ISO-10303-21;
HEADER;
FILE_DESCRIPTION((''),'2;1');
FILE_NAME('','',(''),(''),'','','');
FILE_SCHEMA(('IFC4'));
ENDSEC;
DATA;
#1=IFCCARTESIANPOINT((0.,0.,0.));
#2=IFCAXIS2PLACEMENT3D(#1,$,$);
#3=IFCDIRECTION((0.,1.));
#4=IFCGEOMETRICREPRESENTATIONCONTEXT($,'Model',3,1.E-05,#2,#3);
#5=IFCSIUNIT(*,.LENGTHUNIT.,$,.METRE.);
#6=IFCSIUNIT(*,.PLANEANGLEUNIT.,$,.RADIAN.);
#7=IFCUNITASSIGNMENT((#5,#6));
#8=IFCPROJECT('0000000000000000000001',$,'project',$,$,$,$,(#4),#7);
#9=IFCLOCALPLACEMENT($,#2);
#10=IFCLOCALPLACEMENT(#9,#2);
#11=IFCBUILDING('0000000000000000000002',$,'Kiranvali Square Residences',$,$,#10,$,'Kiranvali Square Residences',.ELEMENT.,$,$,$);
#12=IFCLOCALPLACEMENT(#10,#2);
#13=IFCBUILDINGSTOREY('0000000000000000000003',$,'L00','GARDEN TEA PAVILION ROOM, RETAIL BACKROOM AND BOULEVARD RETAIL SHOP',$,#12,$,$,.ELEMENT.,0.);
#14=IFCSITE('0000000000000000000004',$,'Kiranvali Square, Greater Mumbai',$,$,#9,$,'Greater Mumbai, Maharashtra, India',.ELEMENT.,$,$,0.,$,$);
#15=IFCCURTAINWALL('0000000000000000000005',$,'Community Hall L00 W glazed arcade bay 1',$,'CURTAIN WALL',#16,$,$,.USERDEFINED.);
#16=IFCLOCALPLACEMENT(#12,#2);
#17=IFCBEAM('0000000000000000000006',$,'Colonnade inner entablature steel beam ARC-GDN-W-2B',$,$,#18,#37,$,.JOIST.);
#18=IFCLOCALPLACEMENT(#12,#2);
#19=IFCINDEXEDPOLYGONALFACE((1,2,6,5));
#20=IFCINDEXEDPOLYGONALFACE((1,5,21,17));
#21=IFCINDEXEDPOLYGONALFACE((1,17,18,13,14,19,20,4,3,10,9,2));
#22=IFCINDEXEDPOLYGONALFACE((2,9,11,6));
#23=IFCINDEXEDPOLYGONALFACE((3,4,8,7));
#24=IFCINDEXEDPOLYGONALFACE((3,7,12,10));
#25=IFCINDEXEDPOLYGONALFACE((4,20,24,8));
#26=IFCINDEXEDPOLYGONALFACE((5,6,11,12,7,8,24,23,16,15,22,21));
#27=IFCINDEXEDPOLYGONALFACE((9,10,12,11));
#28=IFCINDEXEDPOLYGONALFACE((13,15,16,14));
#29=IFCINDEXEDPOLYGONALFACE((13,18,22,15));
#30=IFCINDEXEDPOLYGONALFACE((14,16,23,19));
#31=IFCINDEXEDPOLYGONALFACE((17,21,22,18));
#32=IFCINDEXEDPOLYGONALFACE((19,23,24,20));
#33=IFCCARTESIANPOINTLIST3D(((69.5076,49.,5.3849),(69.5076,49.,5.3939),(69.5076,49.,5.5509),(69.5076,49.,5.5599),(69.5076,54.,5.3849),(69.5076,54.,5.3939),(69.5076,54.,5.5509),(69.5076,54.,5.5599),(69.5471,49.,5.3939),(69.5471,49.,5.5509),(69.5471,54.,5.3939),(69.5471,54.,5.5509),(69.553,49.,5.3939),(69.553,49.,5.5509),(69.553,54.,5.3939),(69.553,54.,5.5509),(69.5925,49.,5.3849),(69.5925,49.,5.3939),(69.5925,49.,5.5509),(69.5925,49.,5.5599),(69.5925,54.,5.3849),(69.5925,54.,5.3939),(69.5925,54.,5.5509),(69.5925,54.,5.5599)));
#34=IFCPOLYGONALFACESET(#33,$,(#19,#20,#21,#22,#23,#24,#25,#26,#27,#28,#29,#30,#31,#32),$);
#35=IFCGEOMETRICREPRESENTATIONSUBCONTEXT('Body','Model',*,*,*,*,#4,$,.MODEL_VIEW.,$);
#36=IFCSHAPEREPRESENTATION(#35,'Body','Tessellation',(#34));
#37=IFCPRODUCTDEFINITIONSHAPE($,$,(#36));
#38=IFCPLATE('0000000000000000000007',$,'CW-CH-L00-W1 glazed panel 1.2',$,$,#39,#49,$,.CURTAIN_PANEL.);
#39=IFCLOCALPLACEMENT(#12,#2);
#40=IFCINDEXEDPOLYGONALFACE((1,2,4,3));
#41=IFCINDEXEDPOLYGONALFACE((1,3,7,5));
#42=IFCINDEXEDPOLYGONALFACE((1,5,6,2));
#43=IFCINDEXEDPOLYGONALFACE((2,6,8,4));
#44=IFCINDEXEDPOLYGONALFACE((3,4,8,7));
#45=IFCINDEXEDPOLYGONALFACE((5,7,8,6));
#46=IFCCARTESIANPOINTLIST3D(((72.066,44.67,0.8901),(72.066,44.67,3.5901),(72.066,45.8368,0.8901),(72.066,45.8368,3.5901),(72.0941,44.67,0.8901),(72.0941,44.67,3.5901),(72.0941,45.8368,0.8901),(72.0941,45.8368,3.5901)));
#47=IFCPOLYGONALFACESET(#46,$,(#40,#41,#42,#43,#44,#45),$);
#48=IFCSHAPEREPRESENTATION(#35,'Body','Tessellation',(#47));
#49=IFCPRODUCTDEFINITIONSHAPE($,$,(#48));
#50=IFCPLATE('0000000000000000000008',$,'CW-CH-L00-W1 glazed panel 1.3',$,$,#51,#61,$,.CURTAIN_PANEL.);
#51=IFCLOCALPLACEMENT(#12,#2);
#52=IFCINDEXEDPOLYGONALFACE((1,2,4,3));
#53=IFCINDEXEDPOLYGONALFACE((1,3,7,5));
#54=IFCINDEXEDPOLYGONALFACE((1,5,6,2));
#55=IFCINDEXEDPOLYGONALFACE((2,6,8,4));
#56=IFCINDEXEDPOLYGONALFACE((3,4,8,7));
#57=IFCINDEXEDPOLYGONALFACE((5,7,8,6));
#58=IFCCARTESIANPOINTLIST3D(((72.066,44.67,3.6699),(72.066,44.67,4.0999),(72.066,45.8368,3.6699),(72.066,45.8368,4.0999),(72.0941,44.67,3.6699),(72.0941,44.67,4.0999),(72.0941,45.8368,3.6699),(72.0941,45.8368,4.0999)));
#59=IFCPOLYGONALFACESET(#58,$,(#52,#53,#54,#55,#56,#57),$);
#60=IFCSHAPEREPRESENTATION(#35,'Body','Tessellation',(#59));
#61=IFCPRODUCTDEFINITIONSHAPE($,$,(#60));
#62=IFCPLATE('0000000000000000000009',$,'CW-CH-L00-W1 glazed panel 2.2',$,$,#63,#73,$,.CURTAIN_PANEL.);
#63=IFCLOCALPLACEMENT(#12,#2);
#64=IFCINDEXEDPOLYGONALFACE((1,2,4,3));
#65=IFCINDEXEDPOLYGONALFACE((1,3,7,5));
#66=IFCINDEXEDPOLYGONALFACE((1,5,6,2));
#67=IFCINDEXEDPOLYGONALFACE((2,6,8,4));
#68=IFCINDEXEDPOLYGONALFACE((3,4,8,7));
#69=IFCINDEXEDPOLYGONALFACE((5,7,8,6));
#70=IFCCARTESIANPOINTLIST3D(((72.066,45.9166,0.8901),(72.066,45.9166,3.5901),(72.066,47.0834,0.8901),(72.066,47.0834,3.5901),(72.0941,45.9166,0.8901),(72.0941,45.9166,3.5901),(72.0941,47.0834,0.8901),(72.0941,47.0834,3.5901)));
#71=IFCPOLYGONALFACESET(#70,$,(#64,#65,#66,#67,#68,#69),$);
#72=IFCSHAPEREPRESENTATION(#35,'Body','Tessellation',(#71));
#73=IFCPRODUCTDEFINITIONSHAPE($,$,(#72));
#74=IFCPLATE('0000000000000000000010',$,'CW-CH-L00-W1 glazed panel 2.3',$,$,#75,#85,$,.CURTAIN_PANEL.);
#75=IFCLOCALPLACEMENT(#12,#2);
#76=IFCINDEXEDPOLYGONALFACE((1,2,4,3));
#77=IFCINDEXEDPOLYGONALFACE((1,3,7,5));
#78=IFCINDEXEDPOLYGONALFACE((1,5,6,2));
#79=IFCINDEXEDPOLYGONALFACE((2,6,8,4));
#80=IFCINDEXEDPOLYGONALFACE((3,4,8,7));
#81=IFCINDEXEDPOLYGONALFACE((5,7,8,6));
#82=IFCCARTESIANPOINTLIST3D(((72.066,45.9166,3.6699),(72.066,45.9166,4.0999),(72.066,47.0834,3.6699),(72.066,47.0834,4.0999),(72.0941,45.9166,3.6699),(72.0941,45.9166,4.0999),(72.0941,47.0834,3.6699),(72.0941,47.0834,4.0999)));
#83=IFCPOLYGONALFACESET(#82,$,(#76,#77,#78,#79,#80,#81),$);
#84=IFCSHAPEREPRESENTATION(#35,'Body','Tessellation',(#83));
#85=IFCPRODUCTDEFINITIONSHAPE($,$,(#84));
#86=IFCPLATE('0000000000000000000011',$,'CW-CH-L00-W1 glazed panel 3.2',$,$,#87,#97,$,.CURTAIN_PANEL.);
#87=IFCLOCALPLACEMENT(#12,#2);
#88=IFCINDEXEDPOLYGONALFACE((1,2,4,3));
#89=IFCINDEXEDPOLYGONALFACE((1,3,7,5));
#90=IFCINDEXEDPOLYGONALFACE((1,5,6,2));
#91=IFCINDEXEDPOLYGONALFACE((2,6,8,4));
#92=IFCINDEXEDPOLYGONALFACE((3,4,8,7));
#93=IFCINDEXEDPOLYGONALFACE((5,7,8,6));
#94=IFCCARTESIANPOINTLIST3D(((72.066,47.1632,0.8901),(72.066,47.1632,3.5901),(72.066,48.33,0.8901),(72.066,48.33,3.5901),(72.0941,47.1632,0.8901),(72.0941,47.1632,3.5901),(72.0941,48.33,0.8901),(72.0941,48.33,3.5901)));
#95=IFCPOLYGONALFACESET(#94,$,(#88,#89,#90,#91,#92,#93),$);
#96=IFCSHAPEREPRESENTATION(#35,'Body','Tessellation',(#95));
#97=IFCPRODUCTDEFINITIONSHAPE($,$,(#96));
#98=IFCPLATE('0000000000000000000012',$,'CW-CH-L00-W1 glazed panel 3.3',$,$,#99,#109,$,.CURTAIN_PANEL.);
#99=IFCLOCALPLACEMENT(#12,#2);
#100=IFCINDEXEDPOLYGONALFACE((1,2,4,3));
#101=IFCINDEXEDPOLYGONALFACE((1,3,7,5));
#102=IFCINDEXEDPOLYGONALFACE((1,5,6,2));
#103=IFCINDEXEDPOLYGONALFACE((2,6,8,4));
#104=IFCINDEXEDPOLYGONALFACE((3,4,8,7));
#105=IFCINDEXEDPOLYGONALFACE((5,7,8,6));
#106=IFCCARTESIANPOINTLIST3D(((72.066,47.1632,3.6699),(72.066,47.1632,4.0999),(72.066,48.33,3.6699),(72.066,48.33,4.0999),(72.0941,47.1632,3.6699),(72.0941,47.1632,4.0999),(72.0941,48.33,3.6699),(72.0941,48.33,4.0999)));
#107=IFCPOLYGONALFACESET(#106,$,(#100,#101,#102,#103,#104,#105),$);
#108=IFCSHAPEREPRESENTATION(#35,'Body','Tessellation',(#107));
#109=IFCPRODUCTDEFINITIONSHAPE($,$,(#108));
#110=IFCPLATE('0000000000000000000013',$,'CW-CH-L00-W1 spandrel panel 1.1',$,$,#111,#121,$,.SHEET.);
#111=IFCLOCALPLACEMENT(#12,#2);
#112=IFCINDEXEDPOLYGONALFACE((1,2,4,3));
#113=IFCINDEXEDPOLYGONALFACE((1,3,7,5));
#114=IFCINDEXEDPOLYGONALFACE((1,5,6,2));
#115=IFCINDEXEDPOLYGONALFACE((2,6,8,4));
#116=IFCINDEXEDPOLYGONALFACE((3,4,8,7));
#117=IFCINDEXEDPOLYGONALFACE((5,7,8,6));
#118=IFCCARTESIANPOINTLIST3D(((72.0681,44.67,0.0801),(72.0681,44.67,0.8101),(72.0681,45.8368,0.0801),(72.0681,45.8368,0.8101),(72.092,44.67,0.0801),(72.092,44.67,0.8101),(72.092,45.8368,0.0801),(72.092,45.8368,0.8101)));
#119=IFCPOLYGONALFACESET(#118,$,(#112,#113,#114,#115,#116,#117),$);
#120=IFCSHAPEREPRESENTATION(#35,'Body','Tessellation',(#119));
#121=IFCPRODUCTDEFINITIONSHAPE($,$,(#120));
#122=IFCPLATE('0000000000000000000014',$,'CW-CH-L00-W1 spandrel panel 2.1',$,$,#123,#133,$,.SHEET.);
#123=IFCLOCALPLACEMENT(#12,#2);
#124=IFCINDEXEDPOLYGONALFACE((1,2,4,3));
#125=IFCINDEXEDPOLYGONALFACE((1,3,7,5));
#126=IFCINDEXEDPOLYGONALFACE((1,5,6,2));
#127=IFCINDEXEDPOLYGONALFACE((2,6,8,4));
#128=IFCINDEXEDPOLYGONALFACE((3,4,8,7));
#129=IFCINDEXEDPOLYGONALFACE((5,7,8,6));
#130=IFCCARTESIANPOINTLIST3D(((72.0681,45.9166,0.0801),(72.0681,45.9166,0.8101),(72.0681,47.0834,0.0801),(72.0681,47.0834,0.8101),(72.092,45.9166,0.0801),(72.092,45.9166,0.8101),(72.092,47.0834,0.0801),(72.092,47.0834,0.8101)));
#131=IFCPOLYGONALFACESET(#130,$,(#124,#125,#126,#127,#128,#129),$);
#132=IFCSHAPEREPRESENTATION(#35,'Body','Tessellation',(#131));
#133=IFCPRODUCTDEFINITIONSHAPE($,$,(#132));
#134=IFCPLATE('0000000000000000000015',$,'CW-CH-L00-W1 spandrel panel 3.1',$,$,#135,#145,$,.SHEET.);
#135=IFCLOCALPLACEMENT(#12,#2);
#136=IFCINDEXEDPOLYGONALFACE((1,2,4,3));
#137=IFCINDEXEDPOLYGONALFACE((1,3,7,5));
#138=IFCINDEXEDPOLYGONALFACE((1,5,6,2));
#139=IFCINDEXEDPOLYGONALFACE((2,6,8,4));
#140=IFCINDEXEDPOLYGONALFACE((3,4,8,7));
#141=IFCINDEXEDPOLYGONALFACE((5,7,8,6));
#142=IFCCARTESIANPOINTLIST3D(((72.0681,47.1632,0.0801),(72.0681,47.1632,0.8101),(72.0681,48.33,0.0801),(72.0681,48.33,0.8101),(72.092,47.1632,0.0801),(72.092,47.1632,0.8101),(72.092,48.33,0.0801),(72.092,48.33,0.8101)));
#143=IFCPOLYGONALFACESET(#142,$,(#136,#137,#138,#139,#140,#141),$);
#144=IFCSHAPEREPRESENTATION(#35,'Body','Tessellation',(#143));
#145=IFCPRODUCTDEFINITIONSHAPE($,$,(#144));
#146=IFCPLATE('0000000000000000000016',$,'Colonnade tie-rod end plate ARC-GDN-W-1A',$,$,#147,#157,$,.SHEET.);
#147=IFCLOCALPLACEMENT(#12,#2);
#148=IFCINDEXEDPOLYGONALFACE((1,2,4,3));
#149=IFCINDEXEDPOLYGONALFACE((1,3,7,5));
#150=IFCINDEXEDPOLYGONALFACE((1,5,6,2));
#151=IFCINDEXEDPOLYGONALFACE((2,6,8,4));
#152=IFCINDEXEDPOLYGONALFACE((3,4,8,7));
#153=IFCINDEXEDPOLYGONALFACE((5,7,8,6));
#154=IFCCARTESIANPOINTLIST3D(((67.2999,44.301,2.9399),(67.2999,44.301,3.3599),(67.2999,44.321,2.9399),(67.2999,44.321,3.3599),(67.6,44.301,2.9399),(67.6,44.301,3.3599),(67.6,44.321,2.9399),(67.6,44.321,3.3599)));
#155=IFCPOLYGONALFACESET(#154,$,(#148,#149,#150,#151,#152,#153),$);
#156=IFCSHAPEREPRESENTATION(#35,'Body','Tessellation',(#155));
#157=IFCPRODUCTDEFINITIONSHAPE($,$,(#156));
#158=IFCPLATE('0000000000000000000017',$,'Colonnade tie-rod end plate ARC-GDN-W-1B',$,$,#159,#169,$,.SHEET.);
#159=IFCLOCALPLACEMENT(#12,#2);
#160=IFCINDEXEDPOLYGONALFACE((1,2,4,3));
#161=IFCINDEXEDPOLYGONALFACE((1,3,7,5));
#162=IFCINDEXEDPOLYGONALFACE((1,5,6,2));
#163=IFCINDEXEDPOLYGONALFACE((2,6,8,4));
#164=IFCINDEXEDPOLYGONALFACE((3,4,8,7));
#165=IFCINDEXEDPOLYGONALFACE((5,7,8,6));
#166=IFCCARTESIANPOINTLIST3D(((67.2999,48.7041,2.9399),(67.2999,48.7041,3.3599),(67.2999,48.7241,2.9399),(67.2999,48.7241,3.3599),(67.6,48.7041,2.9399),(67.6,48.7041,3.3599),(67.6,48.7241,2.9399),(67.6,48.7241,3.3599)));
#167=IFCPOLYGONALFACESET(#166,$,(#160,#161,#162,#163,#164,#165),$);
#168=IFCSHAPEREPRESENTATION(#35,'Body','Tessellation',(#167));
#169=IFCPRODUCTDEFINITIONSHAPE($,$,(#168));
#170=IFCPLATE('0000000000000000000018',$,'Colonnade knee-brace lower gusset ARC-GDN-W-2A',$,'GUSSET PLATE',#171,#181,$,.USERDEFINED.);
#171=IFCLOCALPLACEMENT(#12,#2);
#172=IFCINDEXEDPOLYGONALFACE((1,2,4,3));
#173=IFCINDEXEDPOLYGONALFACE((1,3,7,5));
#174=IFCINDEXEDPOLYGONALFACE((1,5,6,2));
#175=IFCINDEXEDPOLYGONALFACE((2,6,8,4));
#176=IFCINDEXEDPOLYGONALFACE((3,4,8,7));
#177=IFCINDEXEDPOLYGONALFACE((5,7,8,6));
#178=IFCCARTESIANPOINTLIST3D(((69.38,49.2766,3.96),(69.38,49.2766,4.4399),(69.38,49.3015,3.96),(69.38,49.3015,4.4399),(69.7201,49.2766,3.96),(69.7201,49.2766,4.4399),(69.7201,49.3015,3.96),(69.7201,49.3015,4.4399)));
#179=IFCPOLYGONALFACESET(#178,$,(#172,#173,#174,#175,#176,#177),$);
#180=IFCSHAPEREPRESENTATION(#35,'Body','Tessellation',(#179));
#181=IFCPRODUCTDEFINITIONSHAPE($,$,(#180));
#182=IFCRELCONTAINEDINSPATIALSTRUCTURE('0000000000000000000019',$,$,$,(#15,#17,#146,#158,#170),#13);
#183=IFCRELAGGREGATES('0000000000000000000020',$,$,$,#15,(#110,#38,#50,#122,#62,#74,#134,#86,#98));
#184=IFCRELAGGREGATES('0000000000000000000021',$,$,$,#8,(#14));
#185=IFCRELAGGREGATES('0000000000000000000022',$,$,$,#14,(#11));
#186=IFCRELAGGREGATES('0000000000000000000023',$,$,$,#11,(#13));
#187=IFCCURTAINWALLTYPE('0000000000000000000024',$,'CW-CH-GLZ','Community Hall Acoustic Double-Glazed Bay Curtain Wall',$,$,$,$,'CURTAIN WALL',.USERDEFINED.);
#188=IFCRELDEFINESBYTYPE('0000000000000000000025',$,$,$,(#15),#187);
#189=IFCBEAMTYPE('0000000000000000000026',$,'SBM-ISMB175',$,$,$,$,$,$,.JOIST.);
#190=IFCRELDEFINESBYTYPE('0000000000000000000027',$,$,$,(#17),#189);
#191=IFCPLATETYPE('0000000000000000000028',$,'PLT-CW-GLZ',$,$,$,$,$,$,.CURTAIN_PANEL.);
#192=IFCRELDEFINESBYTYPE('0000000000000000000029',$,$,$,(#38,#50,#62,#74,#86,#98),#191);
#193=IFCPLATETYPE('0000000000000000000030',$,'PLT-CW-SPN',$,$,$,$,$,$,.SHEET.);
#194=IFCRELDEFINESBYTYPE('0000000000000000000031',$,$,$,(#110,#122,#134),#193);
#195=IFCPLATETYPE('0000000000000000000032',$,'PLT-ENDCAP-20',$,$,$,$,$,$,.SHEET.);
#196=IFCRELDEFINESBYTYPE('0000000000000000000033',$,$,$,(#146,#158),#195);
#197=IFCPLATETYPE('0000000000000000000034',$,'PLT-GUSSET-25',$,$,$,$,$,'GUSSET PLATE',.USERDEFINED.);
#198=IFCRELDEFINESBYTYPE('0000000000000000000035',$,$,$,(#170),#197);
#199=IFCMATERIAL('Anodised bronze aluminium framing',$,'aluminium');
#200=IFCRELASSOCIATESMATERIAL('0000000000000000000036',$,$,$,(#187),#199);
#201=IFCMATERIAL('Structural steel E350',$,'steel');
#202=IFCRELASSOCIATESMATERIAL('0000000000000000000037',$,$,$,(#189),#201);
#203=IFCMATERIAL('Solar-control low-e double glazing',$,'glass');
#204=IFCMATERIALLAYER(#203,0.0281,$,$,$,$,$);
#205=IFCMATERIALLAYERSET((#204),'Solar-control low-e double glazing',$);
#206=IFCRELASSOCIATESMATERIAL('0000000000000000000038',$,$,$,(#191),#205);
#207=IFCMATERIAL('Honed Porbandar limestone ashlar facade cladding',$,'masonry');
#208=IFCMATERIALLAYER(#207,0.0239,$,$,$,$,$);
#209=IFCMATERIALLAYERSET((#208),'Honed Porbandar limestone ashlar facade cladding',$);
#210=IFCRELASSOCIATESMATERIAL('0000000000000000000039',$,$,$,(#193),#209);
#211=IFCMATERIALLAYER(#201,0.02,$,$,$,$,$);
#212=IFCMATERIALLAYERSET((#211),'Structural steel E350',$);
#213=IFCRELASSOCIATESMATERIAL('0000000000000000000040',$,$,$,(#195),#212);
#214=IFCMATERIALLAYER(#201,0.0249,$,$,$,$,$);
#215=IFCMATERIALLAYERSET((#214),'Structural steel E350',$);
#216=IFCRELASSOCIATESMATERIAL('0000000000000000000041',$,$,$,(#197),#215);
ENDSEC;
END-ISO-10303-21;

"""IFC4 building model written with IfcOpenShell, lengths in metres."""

from ifc_helpers import new_model, si_unit, direction, frame, origin, origin_2d, place, context, subcontext, project, spatial, rectangle, i_section, extrude, material, layer, layer_set, material_profile, profile_set, type_object, element, aggregate, save


model = new_model("IFC4")

# Units and contexts
model_context = context("Model", 3, precision=1e-05, world=origin(), true_north=direction((0.0, 1.0)))
body_context = subcontext(model_context, "Body", "Model", "MODEL_VIEW")
ifc_project = project(units=[si_unit("LENGTHUNIT", "METRE"), si_unit("PLANEANGLEUNIT", "RADIAN")], contexts=[model_context])

# Site, building, storey
site_placement = place(None, origin())
site = spatial("IfcSite", under=ifc_project, at=site_placement, Name="Kiranvali Square, Greater Mumbai", LongName="Greater Mumbai, Maharashtra, India", CompositionType="ELEMENT", RefElevation=0.0)
building_placement = place(site_placement, origin())
building = spatial("IfcBuilding", under=site, at=building_placement, Name="Kiranvali Square Residences", LongName="Kiranvali Square Residences", CompositionType="ELEMENT")
storey_placement = place(building_placement, origin())
storey = spatial("IfcBuildingStorey", under=building, at=storey_placement, Name="L00", Description="GARDEN TEA PAVILION ROOM, RETAIL BACKROOM AND BOULEVARD RETAIL SHOP", CompositionType="ELEMENT", Elevation=0.0)

# Curtain wall
ifc_material_1 = material(Name="Anodised bronze aluminium framing", Category="aluminium")
curtain_wall_type = type_object("IfcCurtainWallType", Name="CW-CH-GLZ", Description="Community Hall Acoustic Double-Glazed Bay Curtain Wall", ElementType="CURTAIN WALL", PredefinedType="USERDEFINED", material=ifc_material_1)
curtain_wall_1_placement = place(storey_placement, origin())
curtain_wall_1 = element("IfcCurtainWall", 1, at=curtain_wall_1_placement, inside=storey, type_object=curtain_wall_type, Name="Community Hall L00 W glazed arcade bay 1", ObjectType="CURTAIN WALL", PredefinedType="USERDEFINED")

# Shared definitions
ifc_material_2 = material(Name="Structural steel E350", Category="steel")

# Beam
ifc_material_profile_1 = material_profile(ifc_material_2, i_section(OverallWidth=0.085, OverallDepth=0.175, WebThickness=0.0059, FlangeThickness=0.009, at=origin_2d()), Name="ISMB 175")
ifc_profile_set_1 = profile_set([ifc_material_profile_1], Name="Structural steel E350")
beam_type_1 = type_object("IfcBeamType", Name="SBM-ISMB175", PredefinedType="JOIST", material=ifc_profile_set_1)
for number, where, z_axis, x_axis, name in (
    (2, (69.55, 49.0, 5.4724), (0.0, 1.0, 0.0), (-1.0, 0.0, 0.0), "Colonnade inner entablature steel beam ARC-GDN-W-2B"),
):
    element("IfcBeam", number, at=place(storey_placement, frame(where, z_axis=z_axis, x_axis=x_axis)), inside=storey, type_object=beam_type_1, Name=name, PredefinedType="JOIST", context=body_context, shape_type="SweptSolid", body=[
        extrude(i_section(OverallWidth=0.085, OverallDepth=0.175, WebThickness=0.0059, FlangeThickness=0.009, at=origin_2d()), origin(), (0.0, 0.0, 1.0), 5.0),
    ])

# Plates
ifc_material_3 = material(Name="Solar-control low-e double glazing", Category="glass")
ifc_layer_1 = layer(ifc_material_3, 0.0281)
ifc_layer_set_1 = layer_set([ifc_layer_1], Name="Solar-control low-e double glazing")
plate_type_1 = type_object("IfcPlateType", Name="PLT-CW-GLZ", PredefinedType="CURTAIN_PANEL", material=ifc_layer_set_1)
plate_1_placement = place(storey_placement, frame((72.0801, 45.2534, 0.8901), z_axis=(0.0, 0.0, 1.0), x_axis=(0.0, 1.0, 0.0)))
plate_1 = element("IfcPlate", 3, at=plate_1_placement, type_object=plate_type_1, Name="CW-CH-L00-W1 glazed panel 1.2", PredefinedType="CURTAIN_PANEL", context=body_context, shape_type="SweptSolid", body=[
    extrude(rectangle(XDim=1.1667, YDim=0.0281, at=origin_2d()), origin(), (0.0, 0.0, 1.0), 2.7),
])
plate_2_placement = place(storey_placement, frame((72.0801, 45.2534, 3.6699), z_axis=(0.0, 0.0, 1.0), x_axis=(0.0, 1.0, 0.0)))
plate_2 = element("IfcPlate", 4, at=plate_2_placement, type_object=plate_type_1, Name="CW-CH-L00-W1 glazed panel 1.3", PredefinedType="CURTAIN_PANEL", context=body_context, shape_type="SweptSolid", body=[
    extrude(rectangle(XDim=1.1667, YDim=0.0281, at=origin_2d()), origin(), (0.0, 0.0, 1.0), 0.4299),
])
plate_3_placement = place(storey_placement, frame((72.0801, 46.5, 0.8901), z_axis=(0.0, 0.0, 1.0), x_axis=(0.0, 1.0, 0.0)))
plate_3 = element("IfcPlate", 5, at=plate_3_placement, type_object=plate_type_1, Name="CW-CH-L00-W1 glazed panel 2.2", PredefinedType="CURTAIN_PANEL", context=body_context, shape_type="SweptSolid", body=[
    extrude(rectangle(XDim=1.1667, YDim=0.0281, at=origin_2d()), origin(), (0.0, 0.0, 1.0), 2.7),
])
plate_4_placement = place(storey_placement, frame((72.0801, 46.5, 3.6699), z_axis=(0.0, 0.0, 1.0), x_axis=(0.0, 1.0, 0.0)))
plate_4 = element("IfcPlate", 6, at=plate_4_placement, type_object=plate_type_1, Name="CW-CH-L00-W1 glazed panel 2.3", PredefinedType="CURTAIN_PANEL", context=body_context, shape_type="SweptSolid", body=[
    extrude(rectangle(XDim=1.1667, YDim=0.0281, at=origin_2d()), origin(), (0.0, 0.0, 1.0), 0.4299),
])
plate_5_placement = place(storey_placement, frame((72.0801, 47.7466, 0.8901), z_axis=(0.0, 0.0, 1.0), x_axis=(0.0, 1.0, 0.0)))
plate_5 = element("IfcPlate", 7, at=plate_5_placement, type_object=plate_type_1, Name="CW-CH-L00-W1 glazed panel 3.2", PredefinedType="CURTAIN_PANEL", context=body_context, shape_type="SweptSolid", body=[
    extrude(rectangle(XDim=1.1667, YDim=0.0281, at=origin_2d()), origin(), (0.0, 0.0, 1.0), 2.7),
])
plate_6_placement = place(storey_placement, frame((72.0801, 47.7466, 3.6699), z_axis=(0.0, 0.0, 1.0), x_axis=(0.0, 1.0, 0.0)))
plate_6 = element("IfcPlate", 8, at=plate_6_placement, type_object=plate_type_1, Name="CW-CH-L00-W1 glazed panel 3.3", PredefinedType="CURTAIN_PANEL", context=body_context, shape_type="SweptSolid", body=[
    extrude(rectangle(XDim=1.1667, YDim=0.0281, at=origin_2d()), origin(), (0.0, 0.0, 1.0), 0.4299),
])
ifc_material_4 = material(Name="Honed Porbandar limestone ashlar facade cladding", Category="masonry")
ifc_layer_2 = layer(ifc_material_4, 0.0239)
ifc_layer_set_2 = layer_set([ifc_layer_2], Name="Honed Porbandar limestone ashlar facade cladding")
plate_type_2 = type_object("IfcPlateType", Name="PLT-CW-SPN", PredefinedType="SHEET", material=ifc_layer_set_2)
plate_7_placement = place(storey_placement, frame((72.0801, 45.2534, 0.0801), z_axis=(0.0, 0.0, 1.0), x_axis=(0.0, 1.0, 0.0)))
plate_7 = element("IfcPlate", 9, at=plate_7_placement, type_object=plate_type_2, Name="CW-CH-L00-W1 spandrel panel 1.1", PredefinedType="SHEET", context=body_context, shape_type="SweptSolid", body=[
    extrude(rectangle(XDim=1.1667, YDim=0.0239, at=origin_2d()), origin(), (0.0, 0.0, 1.0), 0.73),
])
plate_8_placement = place(storey_placement, frame((72.0801, 46.5, 0.0801), z_axis=(0.0, 0.0, 1.0), x_axis=(0.0, 1.0, 0.0)))
plate_8 = element("IfcPlate", 10, at=plate_8_placement, type_object=plate_type_2, Name="CW-CH-L00-W1 spandrel panel 2.1", PredefinedType="SHEET", context=body_context, shape_type="SweptSolid", body=[
    extrude(rectangle(XDim=1.1667, YDim=0.0239, at=origin_2d()), origin(), (0.0, 0.0, 1.0), 0.73),
])
plate_9_placement = place(storey_placement, frame((72.0801, 47.7466, 0.0801), z_axis=(0.0, 0.0, 1.0), x_axis=(0.0, 1.0, 0.0)))
plate_9 = element("IfcPlate", 11, at=plate_9_placement, type_object=plate_type_2, Name="CW-CH-L00-W1 spandrel panel 3.1", PredefinedType="SHEET", context=body_context, shape_type="SweptSolid", body=[
    extrude(rectangle(XDim=1.1667, YDim=0.0239, at=origin_2d()), origin(), (0.0, 0.0, 1.0), 0.73),
])
aggregate(curtain_wall_1, [plate_7, plate_1, plate_2, plate_8, plate_3, plate_4, plate_9, plate_5, plate_6])

# Plates
ifc_layer_3 = layer(ifc_material_2, 0.02)
ifc_layer_set_3 = layer_set([ifc_layer_3], Name="Structural steel E350")
plate_type_3 = type_object("IfcPlateType", Name="PLT-ENDCAP-20", PredefinedType="SHEET", material=ifc_layer_set_3)
for number, where, z_axis, x_axis, name in (
    (12, (67.45, 44.311, 2.9399), (0.0, 0.0, 1.0), (1.0, 0.0, 0.0), "Colonnade tie-rod end plate ARC-GDN-W-1A"),
    (13, (67.45, 48.7141, 2.9399), (0.0, 0.0, 1.0), (1.0, 0.0, 0.0), "Colonnade tie-rod end plate ARC-GDN-W-1B"),
):
    element("IfcPlate", number, at=place(storey_placement, frame(where, z_axis=z_axis, x_axis=x_axis)), inside=storey, type_object=plate_type_3, Name=name, PredefinedType="SHEET", context=body_context, shape_type="SweptSolid", body=[
        extrude(rectangle(XDim=0.3, YDim=0.02, at=origin_2d()), origin(), (0.0, 0.0, 1.0), 0.4199),
    ])
ifc_layer_4 = layer(ifc_material_2, 0.0249)
ifc_layer_set_4 = layer_set([ifc_layer_4], Name="Structural steel E350")
plate_type_4 = type_object("IfcPlateType", Name="PLT-GUSSET-25", ElementType="GUSSET PLATE", PredefinedType="USERDEFINED", material=ifc_layer_set_4)
plate_10_placement = place(storey_placement, frame((69.55, 49.2891, 3.96), z_axis=(0.0, 0.0, 1.0), x_axis=(1.0, 0.0, 0.0)))
element("IfcPlate", 14, at=plate_10_placement, inside=storey, type_object=plate_type_4, Name="Colonnade knee-brace lower gusset ARC-GDN-W-2A", ObjectType="GUSSET PLATE", PredefinedType="USERDEFINED", context=body_context, shape_type="SweptSolid", body=[
    extrude(rectangle(XDim=0.3401, YDim=0.0249, at=origin_2d()), origin(), (0.0, 0.0, 1.0), 0.48),
])

save(model, "model.ifc")
